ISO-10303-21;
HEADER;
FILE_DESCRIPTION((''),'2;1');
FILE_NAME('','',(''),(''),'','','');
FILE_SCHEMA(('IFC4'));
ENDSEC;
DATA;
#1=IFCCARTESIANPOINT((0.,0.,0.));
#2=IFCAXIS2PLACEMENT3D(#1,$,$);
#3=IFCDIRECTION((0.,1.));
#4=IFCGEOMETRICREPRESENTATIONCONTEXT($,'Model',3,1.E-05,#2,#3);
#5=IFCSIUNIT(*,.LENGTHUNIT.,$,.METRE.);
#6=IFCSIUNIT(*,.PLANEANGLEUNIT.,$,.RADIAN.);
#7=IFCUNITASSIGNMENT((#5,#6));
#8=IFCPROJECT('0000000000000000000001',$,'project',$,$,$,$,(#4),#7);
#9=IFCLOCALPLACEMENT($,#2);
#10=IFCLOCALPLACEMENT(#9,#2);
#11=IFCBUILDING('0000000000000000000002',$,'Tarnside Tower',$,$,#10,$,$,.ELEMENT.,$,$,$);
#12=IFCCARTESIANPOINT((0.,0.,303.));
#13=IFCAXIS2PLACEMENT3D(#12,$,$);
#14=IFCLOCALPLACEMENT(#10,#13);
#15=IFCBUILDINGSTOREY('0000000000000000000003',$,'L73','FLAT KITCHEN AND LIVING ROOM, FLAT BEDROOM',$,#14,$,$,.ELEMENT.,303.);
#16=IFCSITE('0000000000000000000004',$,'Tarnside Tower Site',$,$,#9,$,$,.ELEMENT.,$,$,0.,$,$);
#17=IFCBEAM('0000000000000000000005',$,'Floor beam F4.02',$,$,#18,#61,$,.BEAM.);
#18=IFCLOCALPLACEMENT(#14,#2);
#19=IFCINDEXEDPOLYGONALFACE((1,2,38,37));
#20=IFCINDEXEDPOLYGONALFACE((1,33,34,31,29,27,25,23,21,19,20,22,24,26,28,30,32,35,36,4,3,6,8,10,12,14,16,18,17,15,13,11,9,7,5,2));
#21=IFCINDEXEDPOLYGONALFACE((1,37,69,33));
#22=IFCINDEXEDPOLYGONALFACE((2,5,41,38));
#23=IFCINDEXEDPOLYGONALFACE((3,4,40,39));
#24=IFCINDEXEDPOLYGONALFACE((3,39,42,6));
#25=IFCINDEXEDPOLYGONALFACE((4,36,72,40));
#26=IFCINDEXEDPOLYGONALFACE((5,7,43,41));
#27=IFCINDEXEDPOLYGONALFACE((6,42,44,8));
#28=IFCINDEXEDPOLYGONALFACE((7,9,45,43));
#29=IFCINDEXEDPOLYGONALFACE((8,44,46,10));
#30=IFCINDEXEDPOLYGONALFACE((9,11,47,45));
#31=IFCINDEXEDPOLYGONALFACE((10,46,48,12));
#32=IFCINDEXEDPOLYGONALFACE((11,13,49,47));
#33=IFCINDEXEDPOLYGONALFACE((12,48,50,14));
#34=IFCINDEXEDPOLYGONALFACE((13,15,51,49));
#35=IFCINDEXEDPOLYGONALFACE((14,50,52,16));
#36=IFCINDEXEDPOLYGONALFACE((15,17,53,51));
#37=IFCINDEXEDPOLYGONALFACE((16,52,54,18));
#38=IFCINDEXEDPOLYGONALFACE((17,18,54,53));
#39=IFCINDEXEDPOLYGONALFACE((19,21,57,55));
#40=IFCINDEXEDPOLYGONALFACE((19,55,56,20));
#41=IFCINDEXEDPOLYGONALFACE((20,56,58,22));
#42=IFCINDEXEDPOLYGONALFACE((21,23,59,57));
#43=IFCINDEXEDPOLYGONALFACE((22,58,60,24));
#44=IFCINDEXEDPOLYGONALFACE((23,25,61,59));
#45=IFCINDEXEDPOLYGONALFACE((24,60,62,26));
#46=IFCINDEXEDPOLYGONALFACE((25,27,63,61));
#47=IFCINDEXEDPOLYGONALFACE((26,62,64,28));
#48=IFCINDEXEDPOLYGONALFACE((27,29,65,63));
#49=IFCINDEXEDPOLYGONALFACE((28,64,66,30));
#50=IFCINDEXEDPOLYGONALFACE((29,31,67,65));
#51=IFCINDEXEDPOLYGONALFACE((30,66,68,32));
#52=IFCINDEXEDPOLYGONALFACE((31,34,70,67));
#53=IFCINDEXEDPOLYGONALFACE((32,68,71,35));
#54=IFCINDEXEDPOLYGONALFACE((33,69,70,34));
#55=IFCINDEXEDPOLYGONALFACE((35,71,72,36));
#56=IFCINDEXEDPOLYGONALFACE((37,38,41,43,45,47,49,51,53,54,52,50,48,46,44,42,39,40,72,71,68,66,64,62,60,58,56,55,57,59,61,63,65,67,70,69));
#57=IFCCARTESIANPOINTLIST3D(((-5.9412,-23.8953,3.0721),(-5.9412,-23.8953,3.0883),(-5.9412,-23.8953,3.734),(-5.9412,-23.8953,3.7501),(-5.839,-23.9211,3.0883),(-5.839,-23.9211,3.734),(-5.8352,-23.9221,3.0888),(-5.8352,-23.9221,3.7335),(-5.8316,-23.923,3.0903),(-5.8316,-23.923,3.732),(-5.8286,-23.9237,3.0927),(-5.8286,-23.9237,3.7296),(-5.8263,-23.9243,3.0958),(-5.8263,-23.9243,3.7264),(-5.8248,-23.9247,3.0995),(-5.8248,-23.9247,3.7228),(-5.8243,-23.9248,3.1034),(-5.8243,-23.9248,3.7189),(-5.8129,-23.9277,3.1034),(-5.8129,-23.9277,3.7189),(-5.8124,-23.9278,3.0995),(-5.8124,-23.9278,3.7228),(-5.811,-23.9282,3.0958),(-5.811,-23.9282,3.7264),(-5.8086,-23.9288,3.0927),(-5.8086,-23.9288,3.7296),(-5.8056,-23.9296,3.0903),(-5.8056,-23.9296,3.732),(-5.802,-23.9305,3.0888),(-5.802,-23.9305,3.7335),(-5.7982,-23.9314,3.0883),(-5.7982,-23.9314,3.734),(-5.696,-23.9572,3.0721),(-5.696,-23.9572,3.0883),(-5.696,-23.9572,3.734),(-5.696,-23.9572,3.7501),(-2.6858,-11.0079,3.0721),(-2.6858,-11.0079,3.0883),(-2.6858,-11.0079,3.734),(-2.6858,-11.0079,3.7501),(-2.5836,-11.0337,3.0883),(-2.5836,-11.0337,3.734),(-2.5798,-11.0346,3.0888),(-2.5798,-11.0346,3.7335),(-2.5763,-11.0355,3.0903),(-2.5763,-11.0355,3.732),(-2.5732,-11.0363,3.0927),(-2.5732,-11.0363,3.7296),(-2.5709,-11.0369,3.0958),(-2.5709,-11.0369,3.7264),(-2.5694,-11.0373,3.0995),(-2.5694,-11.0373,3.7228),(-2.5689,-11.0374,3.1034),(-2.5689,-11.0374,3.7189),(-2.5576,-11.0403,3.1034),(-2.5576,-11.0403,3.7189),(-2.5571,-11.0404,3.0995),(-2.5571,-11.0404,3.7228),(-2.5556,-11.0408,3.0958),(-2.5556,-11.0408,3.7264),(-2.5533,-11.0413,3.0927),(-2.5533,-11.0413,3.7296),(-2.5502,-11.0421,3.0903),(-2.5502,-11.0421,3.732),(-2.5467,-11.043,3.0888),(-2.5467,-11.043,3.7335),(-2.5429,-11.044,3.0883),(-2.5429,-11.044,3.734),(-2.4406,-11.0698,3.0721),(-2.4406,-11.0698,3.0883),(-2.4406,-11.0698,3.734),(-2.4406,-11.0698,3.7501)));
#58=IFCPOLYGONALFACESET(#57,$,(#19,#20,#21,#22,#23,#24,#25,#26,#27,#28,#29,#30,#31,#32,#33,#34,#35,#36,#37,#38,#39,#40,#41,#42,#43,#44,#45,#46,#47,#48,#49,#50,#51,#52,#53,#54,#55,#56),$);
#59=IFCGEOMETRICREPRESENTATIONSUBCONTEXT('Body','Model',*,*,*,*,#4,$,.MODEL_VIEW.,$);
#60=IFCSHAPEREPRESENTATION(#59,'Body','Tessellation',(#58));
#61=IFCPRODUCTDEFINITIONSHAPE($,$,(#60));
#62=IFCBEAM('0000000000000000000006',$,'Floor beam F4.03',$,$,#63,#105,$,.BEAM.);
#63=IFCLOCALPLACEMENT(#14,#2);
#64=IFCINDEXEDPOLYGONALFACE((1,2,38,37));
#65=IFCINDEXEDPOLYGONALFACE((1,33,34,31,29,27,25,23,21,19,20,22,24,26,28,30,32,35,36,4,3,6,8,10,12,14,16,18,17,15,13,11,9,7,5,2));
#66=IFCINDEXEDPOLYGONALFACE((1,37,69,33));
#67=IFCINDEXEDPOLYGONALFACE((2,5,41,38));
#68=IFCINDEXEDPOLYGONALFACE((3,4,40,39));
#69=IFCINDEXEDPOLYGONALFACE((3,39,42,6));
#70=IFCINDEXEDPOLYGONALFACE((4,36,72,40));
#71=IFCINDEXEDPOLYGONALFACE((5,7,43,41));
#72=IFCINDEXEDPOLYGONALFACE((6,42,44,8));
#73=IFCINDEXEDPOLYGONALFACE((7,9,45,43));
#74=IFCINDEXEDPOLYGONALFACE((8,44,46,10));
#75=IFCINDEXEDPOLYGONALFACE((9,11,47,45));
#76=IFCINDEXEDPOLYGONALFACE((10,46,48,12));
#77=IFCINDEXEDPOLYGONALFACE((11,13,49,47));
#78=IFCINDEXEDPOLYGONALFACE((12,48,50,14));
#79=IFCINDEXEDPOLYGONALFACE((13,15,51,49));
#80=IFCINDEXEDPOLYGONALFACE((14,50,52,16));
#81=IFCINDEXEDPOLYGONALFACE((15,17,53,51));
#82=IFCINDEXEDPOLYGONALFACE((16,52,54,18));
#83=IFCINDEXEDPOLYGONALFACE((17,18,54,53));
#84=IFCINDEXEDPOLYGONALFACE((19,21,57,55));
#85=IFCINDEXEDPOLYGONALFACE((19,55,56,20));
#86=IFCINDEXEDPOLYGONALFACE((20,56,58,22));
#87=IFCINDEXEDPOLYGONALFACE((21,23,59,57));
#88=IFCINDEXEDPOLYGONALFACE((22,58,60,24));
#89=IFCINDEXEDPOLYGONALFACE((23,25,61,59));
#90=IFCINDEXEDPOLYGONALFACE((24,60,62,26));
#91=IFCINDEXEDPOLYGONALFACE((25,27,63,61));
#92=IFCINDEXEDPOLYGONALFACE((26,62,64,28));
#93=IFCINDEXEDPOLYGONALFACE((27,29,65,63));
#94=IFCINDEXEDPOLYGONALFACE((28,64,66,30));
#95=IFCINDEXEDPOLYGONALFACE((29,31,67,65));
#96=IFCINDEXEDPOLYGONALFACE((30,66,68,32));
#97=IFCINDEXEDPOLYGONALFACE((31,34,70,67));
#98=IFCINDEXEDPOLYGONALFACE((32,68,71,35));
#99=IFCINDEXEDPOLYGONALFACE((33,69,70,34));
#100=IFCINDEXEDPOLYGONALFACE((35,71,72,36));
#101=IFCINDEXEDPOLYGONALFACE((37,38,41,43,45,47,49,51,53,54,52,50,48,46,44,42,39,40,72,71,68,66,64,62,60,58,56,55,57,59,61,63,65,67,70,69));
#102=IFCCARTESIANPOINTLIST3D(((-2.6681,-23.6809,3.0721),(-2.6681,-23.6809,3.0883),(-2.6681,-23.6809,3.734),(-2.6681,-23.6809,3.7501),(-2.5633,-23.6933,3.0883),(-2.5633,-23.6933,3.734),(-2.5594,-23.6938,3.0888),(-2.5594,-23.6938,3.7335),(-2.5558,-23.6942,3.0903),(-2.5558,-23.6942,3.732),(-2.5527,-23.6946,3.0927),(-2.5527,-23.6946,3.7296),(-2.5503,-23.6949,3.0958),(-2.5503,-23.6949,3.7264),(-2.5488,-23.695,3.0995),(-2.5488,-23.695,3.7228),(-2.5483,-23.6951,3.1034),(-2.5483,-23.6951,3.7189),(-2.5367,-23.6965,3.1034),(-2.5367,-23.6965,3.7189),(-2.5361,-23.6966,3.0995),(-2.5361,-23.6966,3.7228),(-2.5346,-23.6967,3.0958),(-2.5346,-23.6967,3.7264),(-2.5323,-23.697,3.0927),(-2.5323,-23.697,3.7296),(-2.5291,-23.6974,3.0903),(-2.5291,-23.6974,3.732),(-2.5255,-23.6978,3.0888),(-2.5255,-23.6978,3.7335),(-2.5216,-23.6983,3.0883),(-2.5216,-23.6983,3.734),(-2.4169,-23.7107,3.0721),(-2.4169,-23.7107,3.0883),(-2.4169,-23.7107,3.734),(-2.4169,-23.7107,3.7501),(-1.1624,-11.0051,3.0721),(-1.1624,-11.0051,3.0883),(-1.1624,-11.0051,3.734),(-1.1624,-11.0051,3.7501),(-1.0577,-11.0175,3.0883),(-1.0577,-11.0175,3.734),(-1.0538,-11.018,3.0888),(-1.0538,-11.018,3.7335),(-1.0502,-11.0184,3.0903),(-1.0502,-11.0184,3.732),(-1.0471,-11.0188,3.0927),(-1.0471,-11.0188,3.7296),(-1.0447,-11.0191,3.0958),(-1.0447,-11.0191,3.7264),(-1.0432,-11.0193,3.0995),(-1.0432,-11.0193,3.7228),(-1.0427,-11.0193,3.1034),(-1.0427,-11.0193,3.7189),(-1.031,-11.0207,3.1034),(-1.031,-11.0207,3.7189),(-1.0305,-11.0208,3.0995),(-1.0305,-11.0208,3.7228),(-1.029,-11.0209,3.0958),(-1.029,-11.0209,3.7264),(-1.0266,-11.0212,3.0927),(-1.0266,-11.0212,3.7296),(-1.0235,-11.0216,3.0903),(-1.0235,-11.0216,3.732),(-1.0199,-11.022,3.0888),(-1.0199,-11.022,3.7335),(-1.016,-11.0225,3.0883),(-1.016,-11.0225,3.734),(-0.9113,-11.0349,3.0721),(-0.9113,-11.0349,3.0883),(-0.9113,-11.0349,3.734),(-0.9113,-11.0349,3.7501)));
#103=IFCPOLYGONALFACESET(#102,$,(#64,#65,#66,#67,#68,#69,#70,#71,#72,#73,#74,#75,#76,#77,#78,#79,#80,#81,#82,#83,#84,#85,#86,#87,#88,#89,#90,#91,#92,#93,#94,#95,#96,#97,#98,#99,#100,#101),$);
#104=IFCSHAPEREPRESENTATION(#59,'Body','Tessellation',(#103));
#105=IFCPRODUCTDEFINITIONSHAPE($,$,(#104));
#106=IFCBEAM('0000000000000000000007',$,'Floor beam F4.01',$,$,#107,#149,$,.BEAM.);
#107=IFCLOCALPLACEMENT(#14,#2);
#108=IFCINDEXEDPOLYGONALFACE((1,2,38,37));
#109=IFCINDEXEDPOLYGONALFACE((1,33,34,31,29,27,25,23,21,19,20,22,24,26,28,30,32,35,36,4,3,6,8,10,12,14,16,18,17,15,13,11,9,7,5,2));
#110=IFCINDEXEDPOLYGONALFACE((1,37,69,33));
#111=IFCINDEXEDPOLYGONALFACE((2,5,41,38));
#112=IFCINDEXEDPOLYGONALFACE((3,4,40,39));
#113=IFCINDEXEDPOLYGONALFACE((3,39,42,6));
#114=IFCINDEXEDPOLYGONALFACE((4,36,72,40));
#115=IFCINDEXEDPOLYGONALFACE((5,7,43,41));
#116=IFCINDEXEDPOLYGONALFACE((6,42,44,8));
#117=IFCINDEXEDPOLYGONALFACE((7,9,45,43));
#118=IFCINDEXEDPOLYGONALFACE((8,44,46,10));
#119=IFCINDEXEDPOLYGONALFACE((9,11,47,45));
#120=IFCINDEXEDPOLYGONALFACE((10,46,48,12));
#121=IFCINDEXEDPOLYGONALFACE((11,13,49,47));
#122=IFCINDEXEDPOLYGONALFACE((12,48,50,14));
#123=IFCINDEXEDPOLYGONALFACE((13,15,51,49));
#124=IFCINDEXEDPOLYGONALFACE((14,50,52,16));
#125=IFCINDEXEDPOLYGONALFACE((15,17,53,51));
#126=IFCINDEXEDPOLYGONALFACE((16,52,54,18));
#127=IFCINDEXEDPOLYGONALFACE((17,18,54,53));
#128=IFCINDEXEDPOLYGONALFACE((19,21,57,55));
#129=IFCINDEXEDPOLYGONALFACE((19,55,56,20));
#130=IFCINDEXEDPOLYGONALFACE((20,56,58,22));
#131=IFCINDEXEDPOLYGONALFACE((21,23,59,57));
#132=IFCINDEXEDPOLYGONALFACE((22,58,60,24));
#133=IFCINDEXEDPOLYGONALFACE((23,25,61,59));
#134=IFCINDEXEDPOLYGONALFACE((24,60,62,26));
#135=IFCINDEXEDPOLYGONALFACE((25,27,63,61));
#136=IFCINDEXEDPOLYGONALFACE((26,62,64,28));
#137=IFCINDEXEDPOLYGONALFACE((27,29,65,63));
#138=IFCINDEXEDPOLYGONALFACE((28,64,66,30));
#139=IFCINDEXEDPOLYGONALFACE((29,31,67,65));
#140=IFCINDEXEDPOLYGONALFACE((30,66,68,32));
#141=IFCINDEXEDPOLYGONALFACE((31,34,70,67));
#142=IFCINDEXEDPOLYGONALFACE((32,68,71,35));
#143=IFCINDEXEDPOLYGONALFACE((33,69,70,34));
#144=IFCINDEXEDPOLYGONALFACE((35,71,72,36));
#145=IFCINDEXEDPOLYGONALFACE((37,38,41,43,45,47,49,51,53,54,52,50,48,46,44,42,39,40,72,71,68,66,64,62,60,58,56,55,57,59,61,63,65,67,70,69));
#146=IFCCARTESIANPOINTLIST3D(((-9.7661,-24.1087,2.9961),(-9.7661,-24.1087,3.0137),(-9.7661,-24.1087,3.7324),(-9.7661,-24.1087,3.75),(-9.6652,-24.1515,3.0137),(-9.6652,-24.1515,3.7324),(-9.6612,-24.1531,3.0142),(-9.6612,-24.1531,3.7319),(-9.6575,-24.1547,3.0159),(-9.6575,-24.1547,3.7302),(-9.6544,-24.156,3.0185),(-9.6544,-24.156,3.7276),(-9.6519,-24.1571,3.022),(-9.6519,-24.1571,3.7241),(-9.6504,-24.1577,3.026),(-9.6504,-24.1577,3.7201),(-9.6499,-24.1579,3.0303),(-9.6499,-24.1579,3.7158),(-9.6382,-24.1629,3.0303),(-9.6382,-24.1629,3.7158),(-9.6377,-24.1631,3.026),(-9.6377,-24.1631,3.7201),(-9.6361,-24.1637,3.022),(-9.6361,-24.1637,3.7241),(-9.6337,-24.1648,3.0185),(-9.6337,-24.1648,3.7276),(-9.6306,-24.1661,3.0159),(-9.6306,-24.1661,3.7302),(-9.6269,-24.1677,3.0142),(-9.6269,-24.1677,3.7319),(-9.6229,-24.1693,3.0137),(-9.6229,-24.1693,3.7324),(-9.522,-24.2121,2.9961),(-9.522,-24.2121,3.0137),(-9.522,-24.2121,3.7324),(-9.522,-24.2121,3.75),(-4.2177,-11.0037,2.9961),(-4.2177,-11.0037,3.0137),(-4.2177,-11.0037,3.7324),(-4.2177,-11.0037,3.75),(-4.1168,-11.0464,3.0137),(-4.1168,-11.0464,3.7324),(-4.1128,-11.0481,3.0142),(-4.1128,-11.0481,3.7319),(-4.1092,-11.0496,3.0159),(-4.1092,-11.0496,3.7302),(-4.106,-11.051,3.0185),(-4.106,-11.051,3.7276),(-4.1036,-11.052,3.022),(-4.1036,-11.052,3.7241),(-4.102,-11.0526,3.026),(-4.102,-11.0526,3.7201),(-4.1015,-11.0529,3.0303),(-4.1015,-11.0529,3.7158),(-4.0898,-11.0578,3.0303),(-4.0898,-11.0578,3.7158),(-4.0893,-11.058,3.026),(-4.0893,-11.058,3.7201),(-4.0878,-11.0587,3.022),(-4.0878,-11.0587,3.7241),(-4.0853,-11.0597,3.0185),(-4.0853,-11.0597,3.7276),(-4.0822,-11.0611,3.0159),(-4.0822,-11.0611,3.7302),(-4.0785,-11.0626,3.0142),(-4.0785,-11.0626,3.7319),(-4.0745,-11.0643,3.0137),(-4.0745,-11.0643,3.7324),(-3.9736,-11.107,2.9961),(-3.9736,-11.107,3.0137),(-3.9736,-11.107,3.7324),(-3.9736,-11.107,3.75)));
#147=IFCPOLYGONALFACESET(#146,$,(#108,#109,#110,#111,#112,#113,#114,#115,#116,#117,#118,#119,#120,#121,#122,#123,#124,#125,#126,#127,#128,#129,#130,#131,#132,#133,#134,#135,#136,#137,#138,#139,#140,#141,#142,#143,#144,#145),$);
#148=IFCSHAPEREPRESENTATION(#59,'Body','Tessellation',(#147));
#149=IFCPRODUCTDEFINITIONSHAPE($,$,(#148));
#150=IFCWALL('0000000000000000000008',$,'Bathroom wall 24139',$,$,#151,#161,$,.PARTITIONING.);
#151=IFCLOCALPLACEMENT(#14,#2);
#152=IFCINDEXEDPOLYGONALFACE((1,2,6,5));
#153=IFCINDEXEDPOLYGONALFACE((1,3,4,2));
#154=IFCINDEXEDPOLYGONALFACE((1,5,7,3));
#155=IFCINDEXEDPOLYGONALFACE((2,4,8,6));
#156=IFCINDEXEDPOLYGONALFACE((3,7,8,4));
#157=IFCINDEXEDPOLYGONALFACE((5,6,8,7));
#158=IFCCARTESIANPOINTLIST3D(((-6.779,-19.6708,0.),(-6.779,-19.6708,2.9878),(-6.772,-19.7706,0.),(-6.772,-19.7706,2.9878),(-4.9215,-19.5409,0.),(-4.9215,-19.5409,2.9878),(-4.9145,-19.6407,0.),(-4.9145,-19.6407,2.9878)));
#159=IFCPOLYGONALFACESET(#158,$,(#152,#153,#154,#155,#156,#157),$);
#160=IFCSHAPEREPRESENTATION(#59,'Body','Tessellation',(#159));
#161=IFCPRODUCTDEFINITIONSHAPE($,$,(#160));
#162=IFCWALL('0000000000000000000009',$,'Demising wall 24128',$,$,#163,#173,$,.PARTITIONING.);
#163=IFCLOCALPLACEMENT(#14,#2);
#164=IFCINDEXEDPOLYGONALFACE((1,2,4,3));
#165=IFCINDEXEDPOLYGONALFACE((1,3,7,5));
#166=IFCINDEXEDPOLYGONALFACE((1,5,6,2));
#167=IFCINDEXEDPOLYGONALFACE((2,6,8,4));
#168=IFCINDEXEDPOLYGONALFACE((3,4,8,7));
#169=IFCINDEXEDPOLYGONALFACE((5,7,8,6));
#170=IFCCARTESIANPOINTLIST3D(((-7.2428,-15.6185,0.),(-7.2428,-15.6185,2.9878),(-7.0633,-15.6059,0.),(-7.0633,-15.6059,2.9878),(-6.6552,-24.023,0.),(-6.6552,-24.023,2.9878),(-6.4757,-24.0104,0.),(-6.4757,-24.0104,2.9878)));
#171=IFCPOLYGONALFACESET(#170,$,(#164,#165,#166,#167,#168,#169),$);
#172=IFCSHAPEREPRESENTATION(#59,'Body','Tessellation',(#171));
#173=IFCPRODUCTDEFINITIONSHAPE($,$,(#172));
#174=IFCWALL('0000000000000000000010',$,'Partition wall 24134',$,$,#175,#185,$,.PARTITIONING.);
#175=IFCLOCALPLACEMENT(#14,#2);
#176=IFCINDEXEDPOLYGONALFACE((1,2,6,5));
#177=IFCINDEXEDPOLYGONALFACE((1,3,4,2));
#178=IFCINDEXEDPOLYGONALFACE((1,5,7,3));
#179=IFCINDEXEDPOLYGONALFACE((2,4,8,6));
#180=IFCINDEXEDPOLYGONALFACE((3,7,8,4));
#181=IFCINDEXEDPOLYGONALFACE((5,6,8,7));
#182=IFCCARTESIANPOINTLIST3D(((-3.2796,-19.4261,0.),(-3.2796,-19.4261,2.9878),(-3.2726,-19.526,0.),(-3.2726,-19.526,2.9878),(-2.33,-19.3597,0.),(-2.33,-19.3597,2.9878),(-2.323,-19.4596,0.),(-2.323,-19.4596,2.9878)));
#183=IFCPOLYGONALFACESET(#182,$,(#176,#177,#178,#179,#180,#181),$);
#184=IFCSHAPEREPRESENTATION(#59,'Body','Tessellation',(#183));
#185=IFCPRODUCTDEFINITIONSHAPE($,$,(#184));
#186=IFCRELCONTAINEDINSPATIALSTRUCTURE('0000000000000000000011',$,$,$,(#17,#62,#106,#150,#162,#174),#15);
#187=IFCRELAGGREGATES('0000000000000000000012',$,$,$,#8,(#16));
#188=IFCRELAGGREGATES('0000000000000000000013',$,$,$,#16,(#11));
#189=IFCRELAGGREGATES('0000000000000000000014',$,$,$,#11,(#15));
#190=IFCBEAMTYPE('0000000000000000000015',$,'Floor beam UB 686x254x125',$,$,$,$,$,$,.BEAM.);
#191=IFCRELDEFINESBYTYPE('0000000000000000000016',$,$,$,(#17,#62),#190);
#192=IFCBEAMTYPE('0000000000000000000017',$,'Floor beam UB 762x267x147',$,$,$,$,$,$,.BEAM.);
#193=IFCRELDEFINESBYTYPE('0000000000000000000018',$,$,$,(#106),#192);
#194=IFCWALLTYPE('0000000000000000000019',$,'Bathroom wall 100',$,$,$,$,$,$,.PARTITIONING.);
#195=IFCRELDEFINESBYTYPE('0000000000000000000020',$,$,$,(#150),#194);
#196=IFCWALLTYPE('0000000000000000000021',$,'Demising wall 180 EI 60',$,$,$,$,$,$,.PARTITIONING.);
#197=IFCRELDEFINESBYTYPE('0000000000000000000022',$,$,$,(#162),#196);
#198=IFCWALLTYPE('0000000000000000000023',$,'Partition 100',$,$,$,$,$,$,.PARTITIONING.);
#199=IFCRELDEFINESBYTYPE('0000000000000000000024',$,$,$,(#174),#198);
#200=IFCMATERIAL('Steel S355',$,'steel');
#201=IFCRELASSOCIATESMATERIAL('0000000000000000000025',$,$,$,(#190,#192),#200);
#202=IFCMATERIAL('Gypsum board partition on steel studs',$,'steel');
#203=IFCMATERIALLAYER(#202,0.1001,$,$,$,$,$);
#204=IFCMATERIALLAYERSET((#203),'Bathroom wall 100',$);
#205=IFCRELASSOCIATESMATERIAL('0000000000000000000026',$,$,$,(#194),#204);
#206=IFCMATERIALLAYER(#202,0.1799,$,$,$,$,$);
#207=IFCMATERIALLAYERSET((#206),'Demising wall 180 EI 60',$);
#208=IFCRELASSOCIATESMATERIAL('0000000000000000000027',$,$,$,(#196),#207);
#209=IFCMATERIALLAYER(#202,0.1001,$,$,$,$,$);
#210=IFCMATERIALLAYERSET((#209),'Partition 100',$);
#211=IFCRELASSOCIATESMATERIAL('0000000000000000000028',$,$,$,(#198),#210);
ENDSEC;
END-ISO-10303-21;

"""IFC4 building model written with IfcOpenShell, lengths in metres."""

from ifc_helpers import new_model, si_unit, direction, frame, frame_2d, origin, origin_2d, place, context, subcontext, project, spatial, rectangle, i_section, extrude, material, layer, layer_set, material_profile, profile_set, type_object, element, save


model = new_model("IFC4")

# Units and contexts
model_context = context("Model", 3, precision=1e-05, world=origin(), true_north=direction((0.0, 1.0)))
body_context = subcontext(model_context, "Body", "Model", "MODEL_VIEW")
ifc_project = project(units=[si_unit("LENGTHUNIT", "METRE"), si_unit("PLANEANGLEUNIT", "RADIAN")], contexts=[model_context])

# Site, building, storey
site_placement = place(None, origin())
site = spatial("IfcSite", under=ifc_project, at=site_placement, Name="Tarnside Tower Site", CompositionType="ELEMENT", RefElevation=0.0)
building_placement = place(site_placement, origin())
building = spatial("IfcBuilding", under=site, at=building_placement, Name="Tarnside Tower", CompositionType="ELEMENT")
storey_placement = place(building_placement, frame((0.0, 0.0, 303.0)))
storey = spatial("IfcBuildingStorey", under=building, at=storey_placement, Name="L73", Description="FLAT KITCHEN AND LIVING ROOM, FLAT BEDROOM", CompositionType="ELEMENT", Elevation=303.0)

# Beams
ifc_material_1 = material(Name="Steel S355", Category="steel")
ifc_material_profile_1 = material_profile(ifc_material_1, i_section(OverallWidth=0.2529, OverallDepth=0.678, WebThickness=0.0117, FlangeThickness=0.0161, FilletRadius=0.0151, at=origin_2d()), Name="UB 686x254x125")
ifc_profile_set_1 = profile_set([ifc_material_profile_1], Name="Steel S355")
beam_type_1 = type_object("IfcBeamType", Name="Floor beam UB 686x254x125", PredefinedType="BEAM", material=ifc_profile_set_1)
beam_1_placement = place(storey_placement, frame((-5.8186, -23.9263, 3.4111), z_axis=(0.244908, 0.969546, 0.0), x_axis=(-0.969546, 0.244908, 0.0)))
element("IfcBeam", 1, at=beam_1_placement, inside=storey, type_object=beam_type_1, Name="Floor beam F4.02", PredefinedType="BEAM", context=body_context, shape_type="SweptSolid", body=[
    extrude(i_section(OverallWidth=0.2529, OverallDepth=0.678, WebThickness=0.0117, FlangeThickness=0.0161, FilletRadius=0.0151, at=origin_2d()), origin(), (0.0, 0.0, 1.0), 13.2922),
])
beam_2_placement = place(storey_placement, frame((-2.5425, -23.6958, 3.4111), z_axis=(0.11795, 0.99302, 0.0), x_axis=(-0.99302, 0.11795, 0.0)))
element("IfcBeam", 2, at=beam_2_placement, inside=storey, type_object=beam_type_1, Name="Floor beam F4.03", PredefinedType="BEAM", context=body_context, shape_type="SweptSolid", body=[
    extrude(i_section(OverallWidth=0.2529, OverallDepth=0.678, WebThickness=0.0117, FlangeThickness=0.0161, FilletRadius=0.0151, at=origin_2d()), origin(), (0.0, 0.0, 1.0), 12.7649),
])
ifc_material_profile_2 = material_profile(ifc_material_1, i_section(OverallWidth=0.2651, OverallDepth=0.7539, WebThickness=0.0127, FlangeThickness=0.0176, FilletRadius=0.0166, at=origin_2d()), Name="UB 762x267x147")
ifc_profile_set_2 = profile_set([ifc_material_profile_2], Name="Steel S355")
beam_type_2 = type_object("IfcBeamType", Name="Floor beam UB 762x267x147", PredefinedType="BEAM", material=ifc_profile_set_2)
beam_3_placement = place(storey_placement, frame((-9.644, -24.1604, 3.373), z_axis=(0.389874, 0.920868, 0.0), x_axis=(-0.920868, 0.389874, 0.0)))
element("IfcBeam", 3, at=beam_3_placement, inside=storey, type_object=beam_type_2, Name="Floor beam F4.01", PredefinedType="BEAM", context=body_context, shape_type="SweptSolid", body=[
    extrude(i_section(OverallWidth=0.2651, OverallDepth=0.7539, WebThickness=0.0127, FlangeThickness=0.0176, FilletRadius=0.0166, at=origin_2d()), origin(), (0.0, 0.0, 1.0), 14.2312),
])

# Walls
ifc_material_2 = material(Name="Gypsum board partition on steel studs", Category="steel")
ifc_layer_1 = layer(ifc_material_2, 0.1001)
ifc_layer_set_1 = layer_set([ifc_layer_1], Name="Bathroom wall 100")
wall_type_1 = type_object("IfcWallType", Name="Bathroom wall 100", PredefinedType="PARTITIONING", material=ifc_layer_set_1)
wall_1_placement = place(storey_placement, frame((-6.7756, -19.7207, 0.0), z_axis=(0.0, 0.0, 1.0), x_axis=(0.997564, 0.069756, 0.0)))
element("IfcWall", 4, at=wall_1_placement, inside=storey, type_object=wall_type_1, Name="Bathroom wall 24139", PredefinedType="PARTITIONING", context=body_context, shape_type="SweptSolid", body=[
    extrude(rectangle(XDim=1.8621, YDim=0.1001, at=frame_2d((0.9312, 0.0))), origin(), (0.0, 0.0, 1.0), 2.9878),
])
ifc_layer_2 = layer(ifc_material_2, 0.1799)
ifc_layer_set_2 = layer_set([ifc_layer_2], Name="Demising wall 180 EI 60")
wall_type_2 = type_object("IfcWallType", Name="Demising wall 180 EI 60", PredefinedType="PARTITIONING", material=ifc_layer_set_2)
wall_2_placement = place(storey_placement, frame((-6.5654, -24.0166, 0.0), z_axis=(0.0, 0.0, 1.0), x_axis=(-0.06975, 0.997565, 0.0)))
element("IfcWall", 5, at=wall_2_placement, inside=storey, type_object=wall_type_2, Name="Demising wall 24128", PredefinedType="PARTITIONING", context=body_context, shape_type="SweptSolid", body=[
    extrude(rectangle(XDim=8.425, YDim=0.1799, at=frame_2d((4.2124, 0.0))), origin(), (0.0, 0.0, 1.0), 2.9878),
])
ifc_layer_3 = layer(ifc_material_2, 0.1001)
ifc_layer_set_3 = layer_set([ifc_layer_3], Name="Partition 100")
wall_type_3 = type_object("IfcWallType", Name="Partition 100", PredefinedType="PARTITIONING", material=ifc_layer_set_3)
wall_3_placement = place(storey_placement, frame((-2.3264, -19.4097, 0.0), z_axis=(0.0, 0.0, 1.0), x_axis=(-0.997564, -0.069753, 0.0)))
element("IfcWall", 6, at=wall_3_placement, inside=storey, type_object=wall_type_3, Name="Partition wall 24134", PredefinedType="PARTITIONING", context=body_context, shape_type="SweptSolid", body=[
    extrude(rectangle(XDim=0.9519, YDim=0.1001, at=frame_2d((0.4761, 0.0))), origin(), (0.0, 0.0, 1.0), 2.9878),
])

save(model, "model.ifc")
